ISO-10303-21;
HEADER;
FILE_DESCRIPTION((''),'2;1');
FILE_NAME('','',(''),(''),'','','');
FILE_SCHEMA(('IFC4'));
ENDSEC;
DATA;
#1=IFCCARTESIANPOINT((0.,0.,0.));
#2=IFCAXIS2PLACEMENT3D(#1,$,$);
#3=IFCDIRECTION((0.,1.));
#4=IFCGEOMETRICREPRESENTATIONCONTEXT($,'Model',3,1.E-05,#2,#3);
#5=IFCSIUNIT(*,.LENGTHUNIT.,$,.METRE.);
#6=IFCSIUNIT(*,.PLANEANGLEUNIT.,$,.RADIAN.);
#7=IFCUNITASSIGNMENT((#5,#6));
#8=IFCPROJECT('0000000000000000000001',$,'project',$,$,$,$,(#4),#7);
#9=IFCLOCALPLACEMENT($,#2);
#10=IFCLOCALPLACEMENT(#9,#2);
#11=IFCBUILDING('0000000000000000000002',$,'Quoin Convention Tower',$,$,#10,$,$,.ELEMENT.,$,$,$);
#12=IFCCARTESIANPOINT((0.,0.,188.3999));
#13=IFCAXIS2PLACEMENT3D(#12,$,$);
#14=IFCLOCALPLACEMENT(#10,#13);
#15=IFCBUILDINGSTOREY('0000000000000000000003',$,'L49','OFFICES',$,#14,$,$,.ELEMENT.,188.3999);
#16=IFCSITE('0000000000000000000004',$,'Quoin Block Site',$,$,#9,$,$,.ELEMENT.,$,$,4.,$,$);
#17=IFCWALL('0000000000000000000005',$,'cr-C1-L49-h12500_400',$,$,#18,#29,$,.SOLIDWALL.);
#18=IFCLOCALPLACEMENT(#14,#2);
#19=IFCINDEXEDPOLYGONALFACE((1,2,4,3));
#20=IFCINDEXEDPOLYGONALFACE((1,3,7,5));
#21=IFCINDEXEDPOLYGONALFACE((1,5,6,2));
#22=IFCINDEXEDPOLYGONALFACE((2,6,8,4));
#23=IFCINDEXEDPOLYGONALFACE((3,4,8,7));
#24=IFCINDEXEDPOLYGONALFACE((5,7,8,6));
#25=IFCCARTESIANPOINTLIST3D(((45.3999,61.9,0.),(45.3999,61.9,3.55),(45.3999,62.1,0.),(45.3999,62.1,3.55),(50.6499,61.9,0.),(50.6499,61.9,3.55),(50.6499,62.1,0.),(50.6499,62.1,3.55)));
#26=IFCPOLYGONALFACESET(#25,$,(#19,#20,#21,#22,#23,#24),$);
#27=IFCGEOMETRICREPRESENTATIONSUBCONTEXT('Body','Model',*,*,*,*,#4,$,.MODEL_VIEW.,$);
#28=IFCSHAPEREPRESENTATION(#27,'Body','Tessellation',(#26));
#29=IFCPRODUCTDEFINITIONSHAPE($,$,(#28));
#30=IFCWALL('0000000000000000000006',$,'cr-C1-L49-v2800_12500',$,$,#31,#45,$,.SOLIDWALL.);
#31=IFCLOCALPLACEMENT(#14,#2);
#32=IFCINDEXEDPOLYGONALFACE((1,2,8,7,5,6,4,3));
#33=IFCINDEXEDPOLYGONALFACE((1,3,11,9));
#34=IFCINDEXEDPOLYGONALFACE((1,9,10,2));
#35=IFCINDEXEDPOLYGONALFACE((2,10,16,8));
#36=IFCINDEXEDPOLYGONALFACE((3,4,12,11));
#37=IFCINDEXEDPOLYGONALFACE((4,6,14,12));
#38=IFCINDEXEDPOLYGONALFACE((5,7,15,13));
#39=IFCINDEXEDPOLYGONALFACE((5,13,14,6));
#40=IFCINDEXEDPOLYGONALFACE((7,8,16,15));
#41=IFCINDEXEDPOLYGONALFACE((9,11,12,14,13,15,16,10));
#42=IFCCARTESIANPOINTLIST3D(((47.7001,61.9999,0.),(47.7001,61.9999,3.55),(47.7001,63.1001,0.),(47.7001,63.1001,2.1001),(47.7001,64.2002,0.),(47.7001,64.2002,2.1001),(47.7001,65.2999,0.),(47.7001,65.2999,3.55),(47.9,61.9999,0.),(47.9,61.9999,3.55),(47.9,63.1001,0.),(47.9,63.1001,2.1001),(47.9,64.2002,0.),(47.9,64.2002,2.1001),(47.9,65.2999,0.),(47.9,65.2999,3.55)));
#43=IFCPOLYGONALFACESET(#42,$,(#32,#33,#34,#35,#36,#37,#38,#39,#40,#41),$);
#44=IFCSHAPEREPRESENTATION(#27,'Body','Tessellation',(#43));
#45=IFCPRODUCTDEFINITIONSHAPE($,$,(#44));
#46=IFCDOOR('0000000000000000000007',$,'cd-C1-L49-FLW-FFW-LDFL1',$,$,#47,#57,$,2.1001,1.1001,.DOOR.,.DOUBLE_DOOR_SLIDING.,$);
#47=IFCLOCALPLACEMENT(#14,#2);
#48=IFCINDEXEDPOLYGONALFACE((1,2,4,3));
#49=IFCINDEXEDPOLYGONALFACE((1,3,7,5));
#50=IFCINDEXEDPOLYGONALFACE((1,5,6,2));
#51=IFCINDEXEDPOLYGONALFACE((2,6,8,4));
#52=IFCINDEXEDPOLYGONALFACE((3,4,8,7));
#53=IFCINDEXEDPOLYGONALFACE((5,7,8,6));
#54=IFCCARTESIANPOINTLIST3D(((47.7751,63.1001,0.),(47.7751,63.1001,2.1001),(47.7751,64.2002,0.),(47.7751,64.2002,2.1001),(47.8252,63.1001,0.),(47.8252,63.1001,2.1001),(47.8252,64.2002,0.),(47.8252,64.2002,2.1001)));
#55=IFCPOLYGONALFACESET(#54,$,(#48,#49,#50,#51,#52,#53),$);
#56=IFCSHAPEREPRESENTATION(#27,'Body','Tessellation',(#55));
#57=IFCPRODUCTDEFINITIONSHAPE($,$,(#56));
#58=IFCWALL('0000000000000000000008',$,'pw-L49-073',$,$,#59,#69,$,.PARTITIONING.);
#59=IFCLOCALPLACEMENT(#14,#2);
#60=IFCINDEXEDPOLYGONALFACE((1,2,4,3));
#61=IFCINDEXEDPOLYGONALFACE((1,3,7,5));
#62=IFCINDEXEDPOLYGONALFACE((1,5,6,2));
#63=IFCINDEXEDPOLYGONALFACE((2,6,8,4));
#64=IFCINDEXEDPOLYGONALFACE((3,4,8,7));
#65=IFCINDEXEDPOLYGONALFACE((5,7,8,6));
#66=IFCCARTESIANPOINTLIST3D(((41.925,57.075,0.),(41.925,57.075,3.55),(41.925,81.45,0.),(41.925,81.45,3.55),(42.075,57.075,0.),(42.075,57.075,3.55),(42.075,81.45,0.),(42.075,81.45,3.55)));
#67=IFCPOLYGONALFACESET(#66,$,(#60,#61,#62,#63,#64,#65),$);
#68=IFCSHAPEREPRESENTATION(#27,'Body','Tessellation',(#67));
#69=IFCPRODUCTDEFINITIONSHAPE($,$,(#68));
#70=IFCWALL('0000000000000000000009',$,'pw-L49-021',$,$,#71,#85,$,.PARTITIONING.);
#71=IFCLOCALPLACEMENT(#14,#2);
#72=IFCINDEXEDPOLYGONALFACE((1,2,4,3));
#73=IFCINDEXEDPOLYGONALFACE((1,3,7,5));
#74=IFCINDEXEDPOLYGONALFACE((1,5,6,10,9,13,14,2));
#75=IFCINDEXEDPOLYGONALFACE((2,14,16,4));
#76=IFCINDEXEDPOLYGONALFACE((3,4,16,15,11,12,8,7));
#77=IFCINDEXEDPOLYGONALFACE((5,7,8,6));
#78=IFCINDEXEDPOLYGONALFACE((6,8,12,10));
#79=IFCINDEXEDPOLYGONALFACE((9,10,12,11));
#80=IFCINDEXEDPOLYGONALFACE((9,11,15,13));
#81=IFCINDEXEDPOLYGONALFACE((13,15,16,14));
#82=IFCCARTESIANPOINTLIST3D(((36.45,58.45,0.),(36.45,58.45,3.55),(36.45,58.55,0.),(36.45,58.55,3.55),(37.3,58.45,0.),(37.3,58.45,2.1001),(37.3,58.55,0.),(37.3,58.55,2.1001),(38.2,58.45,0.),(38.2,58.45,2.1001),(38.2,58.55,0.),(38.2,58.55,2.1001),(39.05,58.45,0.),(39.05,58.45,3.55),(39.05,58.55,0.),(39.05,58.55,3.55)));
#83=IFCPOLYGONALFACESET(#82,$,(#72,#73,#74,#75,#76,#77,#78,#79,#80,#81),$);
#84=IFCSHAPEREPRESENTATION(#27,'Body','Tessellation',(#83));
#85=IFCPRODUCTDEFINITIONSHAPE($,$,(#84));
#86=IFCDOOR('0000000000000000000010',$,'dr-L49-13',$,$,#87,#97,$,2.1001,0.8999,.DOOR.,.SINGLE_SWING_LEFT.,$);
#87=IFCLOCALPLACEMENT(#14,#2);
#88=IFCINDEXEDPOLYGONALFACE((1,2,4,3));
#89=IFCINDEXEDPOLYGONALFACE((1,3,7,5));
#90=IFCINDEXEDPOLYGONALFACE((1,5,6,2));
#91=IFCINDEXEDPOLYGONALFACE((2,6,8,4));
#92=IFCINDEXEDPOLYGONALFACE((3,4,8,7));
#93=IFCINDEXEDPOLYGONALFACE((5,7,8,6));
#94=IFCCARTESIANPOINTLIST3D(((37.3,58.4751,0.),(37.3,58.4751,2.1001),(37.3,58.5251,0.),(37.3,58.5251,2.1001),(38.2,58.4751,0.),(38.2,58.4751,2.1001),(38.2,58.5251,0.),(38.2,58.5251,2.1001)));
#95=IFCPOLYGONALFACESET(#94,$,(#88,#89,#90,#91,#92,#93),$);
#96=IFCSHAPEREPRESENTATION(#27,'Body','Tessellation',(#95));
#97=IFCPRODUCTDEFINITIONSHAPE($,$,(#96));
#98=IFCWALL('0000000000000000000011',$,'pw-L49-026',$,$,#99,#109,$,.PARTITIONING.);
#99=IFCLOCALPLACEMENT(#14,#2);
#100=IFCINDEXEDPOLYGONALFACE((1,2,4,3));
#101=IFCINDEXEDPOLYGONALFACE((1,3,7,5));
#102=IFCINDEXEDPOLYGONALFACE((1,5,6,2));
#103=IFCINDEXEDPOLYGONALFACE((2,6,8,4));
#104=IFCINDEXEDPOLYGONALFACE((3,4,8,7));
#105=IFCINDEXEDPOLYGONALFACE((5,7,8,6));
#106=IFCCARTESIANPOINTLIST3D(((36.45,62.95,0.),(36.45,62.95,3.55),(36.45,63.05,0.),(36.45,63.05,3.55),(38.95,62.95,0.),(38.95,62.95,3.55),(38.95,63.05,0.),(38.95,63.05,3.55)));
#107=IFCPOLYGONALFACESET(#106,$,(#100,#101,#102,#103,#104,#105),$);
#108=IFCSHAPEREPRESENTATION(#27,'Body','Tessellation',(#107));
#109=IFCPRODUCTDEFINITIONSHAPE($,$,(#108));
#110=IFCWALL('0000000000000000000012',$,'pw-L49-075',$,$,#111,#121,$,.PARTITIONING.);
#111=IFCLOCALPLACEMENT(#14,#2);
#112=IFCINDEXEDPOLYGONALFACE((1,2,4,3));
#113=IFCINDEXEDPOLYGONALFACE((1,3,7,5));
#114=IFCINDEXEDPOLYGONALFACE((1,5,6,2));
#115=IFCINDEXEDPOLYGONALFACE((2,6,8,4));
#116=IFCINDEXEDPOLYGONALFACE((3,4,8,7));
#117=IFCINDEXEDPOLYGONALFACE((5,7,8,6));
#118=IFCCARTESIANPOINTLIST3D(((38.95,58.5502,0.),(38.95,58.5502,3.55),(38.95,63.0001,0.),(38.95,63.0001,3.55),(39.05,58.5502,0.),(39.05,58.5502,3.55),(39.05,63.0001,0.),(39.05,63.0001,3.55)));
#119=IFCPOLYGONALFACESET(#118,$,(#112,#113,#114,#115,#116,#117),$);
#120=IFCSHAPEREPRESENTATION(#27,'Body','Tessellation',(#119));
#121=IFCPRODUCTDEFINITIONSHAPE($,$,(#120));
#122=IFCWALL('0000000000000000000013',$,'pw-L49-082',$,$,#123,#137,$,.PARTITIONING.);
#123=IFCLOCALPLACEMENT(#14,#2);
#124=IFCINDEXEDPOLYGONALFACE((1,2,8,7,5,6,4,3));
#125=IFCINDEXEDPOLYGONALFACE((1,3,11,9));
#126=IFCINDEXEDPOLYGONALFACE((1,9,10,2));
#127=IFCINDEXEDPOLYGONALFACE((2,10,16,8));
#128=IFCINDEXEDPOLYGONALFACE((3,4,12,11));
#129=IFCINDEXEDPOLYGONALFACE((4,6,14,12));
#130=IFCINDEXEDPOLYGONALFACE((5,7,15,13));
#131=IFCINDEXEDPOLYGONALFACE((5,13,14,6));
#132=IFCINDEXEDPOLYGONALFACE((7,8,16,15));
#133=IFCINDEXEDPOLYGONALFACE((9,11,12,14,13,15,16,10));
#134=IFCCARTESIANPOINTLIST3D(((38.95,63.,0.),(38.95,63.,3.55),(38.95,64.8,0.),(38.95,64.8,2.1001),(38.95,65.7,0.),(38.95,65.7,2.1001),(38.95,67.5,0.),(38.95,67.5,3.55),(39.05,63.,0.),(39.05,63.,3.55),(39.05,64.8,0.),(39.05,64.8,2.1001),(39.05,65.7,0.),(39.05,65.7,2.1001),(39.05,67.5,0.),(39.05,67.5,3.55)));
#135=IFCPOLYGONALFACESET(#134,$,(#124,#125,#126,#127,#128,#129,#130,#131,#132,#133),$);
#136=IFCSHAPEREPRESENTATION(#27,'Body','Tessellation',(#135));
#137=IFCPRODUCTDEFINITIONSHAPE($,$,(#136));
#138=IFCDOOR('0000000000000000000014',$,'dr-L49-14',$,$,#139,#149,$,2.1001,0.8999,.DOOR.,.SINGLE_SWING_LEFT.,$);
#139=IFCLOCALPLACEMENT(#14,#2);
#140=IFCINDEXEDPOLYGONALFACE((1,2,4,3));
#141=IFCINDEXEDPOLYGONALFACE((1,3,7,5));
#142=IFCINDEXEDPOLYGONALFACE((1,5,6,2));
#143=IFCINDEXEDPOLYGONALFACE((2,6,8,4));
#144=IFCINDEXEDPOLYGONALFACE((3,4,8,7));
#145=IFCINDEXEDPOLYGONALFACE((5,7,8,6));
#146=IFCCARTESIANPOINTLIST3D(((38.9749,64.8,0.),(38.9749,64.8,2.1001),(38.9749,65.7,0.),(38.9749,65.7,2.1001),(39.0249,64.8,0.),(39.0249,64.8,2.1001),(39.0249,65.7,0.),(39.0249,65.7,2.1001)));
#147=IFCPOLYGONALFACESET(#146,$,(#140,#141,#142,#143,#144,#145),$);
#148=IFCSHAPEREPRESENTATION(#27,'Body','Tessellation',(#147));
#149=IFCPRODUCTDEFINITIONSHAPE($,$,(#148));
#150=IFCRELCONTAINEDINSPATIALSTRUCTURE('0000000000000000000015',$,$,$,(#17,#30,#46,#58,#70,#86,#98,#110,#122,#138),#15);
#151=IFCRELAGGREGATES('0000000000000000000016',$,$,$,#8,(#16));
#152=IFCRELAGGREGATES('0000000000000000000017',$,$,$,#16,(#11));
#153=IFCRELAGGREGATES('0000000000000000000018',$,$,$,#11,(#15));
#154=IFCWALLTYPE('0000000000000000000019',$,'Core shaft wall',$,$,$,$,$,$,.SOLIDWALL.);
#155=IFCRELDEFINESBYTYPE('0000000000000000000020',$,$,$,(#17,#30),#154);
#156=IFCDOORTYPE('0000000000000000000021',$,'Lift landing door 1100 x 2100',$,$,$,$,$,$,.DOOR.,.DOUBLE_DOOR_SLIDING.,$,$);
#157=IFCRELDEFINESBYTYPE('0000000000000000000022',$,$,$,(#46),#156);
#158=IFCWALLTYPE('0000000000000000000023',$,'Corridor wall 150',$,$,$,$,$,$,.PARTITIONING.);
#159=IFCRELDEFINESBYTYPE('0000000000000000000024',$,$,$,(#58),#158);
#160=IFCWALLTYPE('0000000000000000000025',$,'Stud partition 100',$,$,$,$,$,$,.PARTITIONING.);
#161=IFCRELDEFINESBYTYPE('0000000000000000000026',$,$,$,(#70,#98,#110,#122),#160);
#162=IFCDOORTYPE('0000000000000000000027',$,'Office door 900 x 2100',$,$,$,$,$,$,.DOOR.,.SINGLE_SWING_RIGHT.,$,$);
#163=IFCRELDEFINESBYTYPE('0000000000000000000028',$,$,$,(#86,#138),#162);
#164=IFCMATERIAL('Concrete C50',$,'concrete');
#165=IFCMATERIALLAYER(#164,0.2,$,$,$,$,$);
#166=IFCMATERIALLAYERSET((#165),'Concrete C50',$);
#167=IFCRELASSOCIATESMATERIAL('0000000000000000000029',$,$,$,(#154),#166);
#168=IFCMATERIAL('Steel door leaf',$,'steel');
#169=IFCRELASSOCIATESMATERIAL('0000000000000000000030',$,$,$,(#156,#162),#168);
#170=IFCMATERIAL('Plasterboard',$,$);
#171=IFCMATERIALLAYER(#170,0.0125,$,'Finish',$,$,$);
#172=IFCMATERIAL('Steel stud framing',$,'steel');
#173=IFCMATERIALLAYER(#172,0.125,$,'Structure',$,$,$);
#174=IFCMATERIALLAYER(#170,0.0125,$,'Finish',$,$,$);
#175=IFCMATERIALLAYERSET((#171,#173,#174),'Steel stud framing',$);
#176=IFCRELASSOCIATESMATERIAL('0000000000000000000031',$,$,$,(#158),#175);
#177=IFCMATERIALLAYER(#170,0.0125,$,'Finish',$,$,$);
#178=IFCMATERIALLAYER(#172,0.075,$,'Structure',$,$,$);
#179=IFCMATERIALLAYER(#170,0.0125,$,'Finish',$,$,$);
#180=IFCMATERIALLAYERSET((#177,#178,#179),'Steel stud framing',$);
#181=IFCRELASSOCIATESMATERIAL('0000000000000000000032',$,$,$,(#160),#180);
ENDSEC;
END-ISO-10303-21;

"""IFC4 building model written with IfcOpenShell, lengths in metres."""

from ifc_helpers import new_model, si_unit, direction, frame, frame_2d, origin, place, context, subcontext, project, spatial, rectangle, extrude, material, layer, layer_set, type_object, element, fill, save


model = new_model("IFC4")

# Units and contexts
model_context = context("Model", 3, precision=1e-05, world=origin(), true_north=direction((0.0, 1.0)))
body_context = subcontext(model_context, "Body", "Model", "MODEL_VIEW")
ifc_project = project(units=[si_unit("LENGTHUNIT", "METRE"), si_unit("PLANEANGLEUNIT", "RADIAN")], contexts=[model_context])

# Site, building, storey
site_placement = place(None, origin())
site = spatial("IfcSite", under=ifc_project, at=site_placement, Name="Quoin Block Site", CompositionType="ELEMENT", RefElevation=4.0)
building_placement = place(site_placement, origin())
building = spatial("IfcBuilding", under=site, at=building_placement, Name="Quoin Convention Tower", CompositionType="ELEMENT")
storey_placement = place(building_placement, frame((0.0, 0.0, 188.3999)))
storey = spatial("IfcBuildingStorey", under=building, at=storey_placement, Name="L49", Description="OFFICES", CompositionType="ELEMENT", Elevation=188.3999)

# Wall
ifc_material_1 = material(Name="Concrete C50", Category="concrete")
ifc_layer_1 = layer(ifc_material_1, 0.2)
ifc_layer_set_1 = layer_set([ifc_layer_1], Name="Concrete C50")
wall_type_1 = type_object("IfcWallType", Name="Core shaft wall", PredefinedType="SOLIDWALL", material=ifc_layer_set_1)
wall_1_placement = place(storey_placement, frame((45.3999, 62.0, 0.0), z_axis=(0.0, 0.0, 1.0), x_axis=(1.0, 0.0, 0.0)))
element("IfcWall", 1, at=wall_1_placement, inside=storey, type_object=wall_type_1, Name="cr-C1-L49-h12500_400", PredefinedType="SOLIDWALL", context=body_context, shape_type="SweptSolid", body=[
    extrude(rectangle(XDim=5.25, YDim=0.2, at=frame_2d((2.625, 0.0))), origin(), (0.0, 0.0, 1.0), 3.55),
])

# Wall, opening, door
wall_2_placement = place(storey_placement, frame((47.8, 62.0, 0.0), z_axis=(0.0, 0.0, 1.0), x_axis=(0.0, 1.0, 0.0)))
wall_2 = element("IfcWall", 2, at=wall_2_placement, inside=storey, type_object=wall_type_1, Name="cr-C1-L49-v2800_12500", PredefinedType="SOLIDWALL", context=body_context, shape_type="SweptSolid", body=[
    extrude(rectangle(XDim=3.3, YDim=0.2, at=frame_2d((1.6499, 0.0))), origin(), (0.0, 0.0, 1.0), 3.55),
])
opening_1_placement = place(wall_2_placement, frame((1.1001, 0.0, 0.0)))
opening_1 = element("IfcOpeningElement", 3, at=opening_1_placement, cuts=wall_2, PredefinedType="OPENING", context=body_context, shape_type="SweptSolid", body=[
    extrude(rectangle(XDim=1.1001, YDim=2.1001, at=frame_2d((0.55, 1.05))), frame((0.0, 0.1099, 0.0), z_axis=(0.0, -1.0, 0.0), x_axis=(1.0, 0.0, 0.0)), (0.0, 0.0, 1.0), 0.22),
])
ifc_material_2 = material(Name="Steel door leaf", Category="steel")
door_type_1 = type_object("IfcDoorType", Name="Lift landing door 1100 x 2100", OperationType="DOUBLE_DOOR_SLIDING", PredefinedType="DOOR", material=ifc_material_2)
door_1_placement = place(opening_1_placement, origin())
door_1 = element("IfcDoor", 4, at=door_1_placement, inside=storey, type_object=door_type_1, Name="cd-C1-L49-FLW-FFW-LDFL1", OperationType="DOUBLE_DOOR_SLIDING", OverallHeight=2.1001, OverallWidth=1.1001, PredefinedType="DOOR", context=body_context, shape_type="SweptSolid", body=[
    extrude(rectangle(XDim=1.1001, YDim=2.1001, at=frame_2d((0.55, 1.05))), frame((0.0, 0.0249, 0.0), z_axis=(0.0, -1.0, 0.0), x_axis=(1.0, 0.0, 0.0)), (0.0, 0.0, 1.0), 0.05),
])
fill(opening_1, door_1)

# Wall
ifc_material_3 = material(Name="Plasterboard")
ifc_layer_2 = layer(ifc_material_3, 0.0125, Name="Finish")
ifc_material_4 = material(Name="Steel stud framing", Category="steel")
ifc_layer_3 = layer(ifc_material_4, 0.125, Name="Structure")
ifc_layer_4 = layer(ifc_material_3, 0.0125, Name="Finish")
ifc_layer_set_2 = layer_set([ifc_layer_2, ifc_layer_3, ifc_layer_4], Name="Steel stud framing")
wall_type_2 = type_object("IfcWallType", Name="Corridor wall 150", PredefinedType="PARTITIONING", material=ifc_layer_set_2)
wall_3_placement = place(storey_placement, frame((42.0, 57.075, 0.0), z_axis=(0.0, 0.0, 1.0), x_axis=(0.0, 1.0, 0.0)))
element("IfcWall", 5, at=wall_3_placement, inside=storey, type_object=wall_type_2, Name="pw-L49-073", PredefinedType="PARTITIONING", context=body_context, shape_type="SweptSolid", body=[
    extrude(rectangle(XDim=24.375, YDim=0.1499, at=frame_2d((12.1875, 0.0))), origin(), (0.0, 0.0, 1.0), 3.55),
])

# Wall, opening, door
ifc_layer_5 = layer(ifc_material_3, 0.0125, Name="Finish")
ifc_layer_6 = layer(ifc_material_4, 0.075, Name="Structure")
ifc_layer_7 = layer(ifc_material_3, 0.0125, Name="Finish")
ifc_layer_set_3 = layer_set([ifc_layer_5, ifc_layer_6, ifc_layer_7], Name="Steel stud framing")
wall_type_3 = type_object("IfcWallType", Name="Stud partition 100", PredefinedType="PARTITIONING", material=ifc_layer_set_3)
wall_4_placement = place(storey_placement, frame((36.45, 58.5, 0.0), z_axis=(0.0, 0.0, 1.0), x_axis=(1.0, 0.0, 0.0)))
wall_4 = element("IfcWall", 6, at=wall_4_placement, inside=storey, type_object=wall_type_3, Name="pw-L49-021", PredefinedType="PARTITIONING", context=body_context, shape_type="SweptSolid", body=[
    extrude(rectangle(XDim=2.6001, YDim=0.1001, at=frame_2d((1.3, 0.0))), origin(), (0.0, 0.0, 1.0), 3.55),
])
opening_2_placement = place(wall_4_placement, frame((0.8501, 0.0, 0.0)))
opening_2 = element("IfcOpeningElement", 7, at=opening_2_placement, cuts=wall_4, PredefinedType="OPENING", context=body_context, shape_type="SweptSolid", body=[
    extrude(rectangle(XDim=0.8999, YDim=2.1001, at=frame_2d((0.45, 1.05))), frame((0.0, 0.0601, 0.0), z_axis=(0.0, -1.0, 0.0), x_axis=(1.0, 0.0, 0.0)), (0.0, 0.0, 1.0), 0.1201),
])
door_type_2 = type_object("IfcDoorType", Name="Office door 900 x 2100", OperationType="SINGLE_SWING_RIGHT", PredefinedType="DOOR", material=ifc_material_2)
door_2_placement = place(opening_2_placement, frame((0.8999, 0.0, 0.0), z_axis=(0.0, 0.0, 1.0), x_axis=(-1.0, 0.0, 0.0)))
door_2 = element("IfcDoor", 8, at=door_2_placement, inside=storey, type_object=door_type_2, Name="dr-L49-13", OperationType="SINGLE_SWING_LEFT", OverallHeight=2.1001, OverallWidth=0.8999, PredefinedType="DOOR", context=body_context, shape_type="SweptSolid", body=[
    extrude(rectangle(XDim=0.8999, YDim=2.1001, at=frame_2d((0.45, 1.05))), frame((0.0, 0.0249, 0.0), z_axis=(0.0, -1.0, 0.0), x_axis=(1.0, 0.0, 0.0)), (0.0, 0.0, 1.0), 0.05),
])
fill(opening_2, door_2)

# Walls
wall_5_placement = place(storey_placement, frame((36.45, 63.0, 0.0), z_axis=(0.0, 0.0, 1.0), x_axis=(1.0, 0.0, 0.0)))
element("IfcWall", 9, at=wall_5_placement, inside=storey, type_object=wall_type_3, Name="pw-L49-026", PredefinedType="PARTITIONING", context=body_context, shape_type="SweptSolid", body=[
    extrude(rectangle(XDim=2.5, YDim=0.1001, at=frame_2d((1.25, 0.0))), origin(), (0.0, 0.0, 1.0), 3.55),
])
wall_6_placement = place(storey_placement, frame((39.0, 58.55, 0.0), z_axis=(0.0, 0.0, 1.0), x_axis=(0.0, 1.0, 0.0)))
element("IfcWall", 10, at=wall_6_placement, inside=storey, type_object=wall_type_3, Name="pw-L49-075", PredefinedType="PARTITIONING", context=body_context, shape_type="SweptSolid", body=[
    extrude(rectangle(XDim=4.45, YDim=0.1001, at=frame_2d((2.2251, 0.0))), origin(), (0.0, 0.0, 1.0), 3.55),
])

# Wall, opening, door
wall_7_placement = place(storey_placement, frame((39.0, 63.0, 0.0), z_axis=(0.0, 0.0, 1.0), x_axis=(0.0, 1.0, 0.0)))
wall_7 = element("IfcWall", 11, at=wall_7_placement, inside=storey, type_object=wall_type_3, Name="pw-L49-082", PredefinedType="PARTITIONING", context=body_context, shape_type="SweptSolid", body=[
    extrude(rectangle(XDim=4.5, YDim=0.1001, at=frame_2d((2.25, 0.0))), origin(), (0.0, 0.0, 1.0), 3.55),
])
opening_3_placement = place(wall_7_placement, frame((1.8, 0.0, 0.0)))
opening_3 = element("IfcOpeningElement", 12, at=opening_3_placement, cuts=wall_7, PredefinedType="OPENING", context=body_context, shape_type="SweptSolid", body=[
    extrude(rectangle(XDim=0.8999, YDim=2.1001, at=frame_2d((0.45, 1.05))), frame((0.0, 0.0601, 0.0), z_axis=(0.0, -1.0, 0.0), x_axis=(1.0, 0.0, 0.0)), (0.0, 0.0, 1.0), 0.1201),
])
door_3_placement = place(opening_3_placement, frame((0.8999, 0.0, 0.0), z_axis=(0.0, 0.0, 1.0), x_axis=(-1.0, 0.0, 0.0)))
door_3 = element("IfcDoor", 13, at=door_3_placement, inside=storey, type_object=door_type_2, Name="dr-L49-14", OperationType="SINGLE_SWING_LEFT", OverallHeight=2.1001, OverallWidth=0.8999, PredefinedType="DOOR", context=body_context, shape_type="SweptSolid", body=[
    extrude(rectangle(XDim=0.8999, YDim=2.1001, at=frame_2d((0.45, 1.05))), frame((0.0, 0.0249, 0.0), z_axis=(0.0, -1.0, 0.0), x_axis=(1.0, 0.0, 0.0)), (0.0, 0.0, 1.0), 0.05),
])
fill(opening_3, door_3)

save(model, "model.ifc")
